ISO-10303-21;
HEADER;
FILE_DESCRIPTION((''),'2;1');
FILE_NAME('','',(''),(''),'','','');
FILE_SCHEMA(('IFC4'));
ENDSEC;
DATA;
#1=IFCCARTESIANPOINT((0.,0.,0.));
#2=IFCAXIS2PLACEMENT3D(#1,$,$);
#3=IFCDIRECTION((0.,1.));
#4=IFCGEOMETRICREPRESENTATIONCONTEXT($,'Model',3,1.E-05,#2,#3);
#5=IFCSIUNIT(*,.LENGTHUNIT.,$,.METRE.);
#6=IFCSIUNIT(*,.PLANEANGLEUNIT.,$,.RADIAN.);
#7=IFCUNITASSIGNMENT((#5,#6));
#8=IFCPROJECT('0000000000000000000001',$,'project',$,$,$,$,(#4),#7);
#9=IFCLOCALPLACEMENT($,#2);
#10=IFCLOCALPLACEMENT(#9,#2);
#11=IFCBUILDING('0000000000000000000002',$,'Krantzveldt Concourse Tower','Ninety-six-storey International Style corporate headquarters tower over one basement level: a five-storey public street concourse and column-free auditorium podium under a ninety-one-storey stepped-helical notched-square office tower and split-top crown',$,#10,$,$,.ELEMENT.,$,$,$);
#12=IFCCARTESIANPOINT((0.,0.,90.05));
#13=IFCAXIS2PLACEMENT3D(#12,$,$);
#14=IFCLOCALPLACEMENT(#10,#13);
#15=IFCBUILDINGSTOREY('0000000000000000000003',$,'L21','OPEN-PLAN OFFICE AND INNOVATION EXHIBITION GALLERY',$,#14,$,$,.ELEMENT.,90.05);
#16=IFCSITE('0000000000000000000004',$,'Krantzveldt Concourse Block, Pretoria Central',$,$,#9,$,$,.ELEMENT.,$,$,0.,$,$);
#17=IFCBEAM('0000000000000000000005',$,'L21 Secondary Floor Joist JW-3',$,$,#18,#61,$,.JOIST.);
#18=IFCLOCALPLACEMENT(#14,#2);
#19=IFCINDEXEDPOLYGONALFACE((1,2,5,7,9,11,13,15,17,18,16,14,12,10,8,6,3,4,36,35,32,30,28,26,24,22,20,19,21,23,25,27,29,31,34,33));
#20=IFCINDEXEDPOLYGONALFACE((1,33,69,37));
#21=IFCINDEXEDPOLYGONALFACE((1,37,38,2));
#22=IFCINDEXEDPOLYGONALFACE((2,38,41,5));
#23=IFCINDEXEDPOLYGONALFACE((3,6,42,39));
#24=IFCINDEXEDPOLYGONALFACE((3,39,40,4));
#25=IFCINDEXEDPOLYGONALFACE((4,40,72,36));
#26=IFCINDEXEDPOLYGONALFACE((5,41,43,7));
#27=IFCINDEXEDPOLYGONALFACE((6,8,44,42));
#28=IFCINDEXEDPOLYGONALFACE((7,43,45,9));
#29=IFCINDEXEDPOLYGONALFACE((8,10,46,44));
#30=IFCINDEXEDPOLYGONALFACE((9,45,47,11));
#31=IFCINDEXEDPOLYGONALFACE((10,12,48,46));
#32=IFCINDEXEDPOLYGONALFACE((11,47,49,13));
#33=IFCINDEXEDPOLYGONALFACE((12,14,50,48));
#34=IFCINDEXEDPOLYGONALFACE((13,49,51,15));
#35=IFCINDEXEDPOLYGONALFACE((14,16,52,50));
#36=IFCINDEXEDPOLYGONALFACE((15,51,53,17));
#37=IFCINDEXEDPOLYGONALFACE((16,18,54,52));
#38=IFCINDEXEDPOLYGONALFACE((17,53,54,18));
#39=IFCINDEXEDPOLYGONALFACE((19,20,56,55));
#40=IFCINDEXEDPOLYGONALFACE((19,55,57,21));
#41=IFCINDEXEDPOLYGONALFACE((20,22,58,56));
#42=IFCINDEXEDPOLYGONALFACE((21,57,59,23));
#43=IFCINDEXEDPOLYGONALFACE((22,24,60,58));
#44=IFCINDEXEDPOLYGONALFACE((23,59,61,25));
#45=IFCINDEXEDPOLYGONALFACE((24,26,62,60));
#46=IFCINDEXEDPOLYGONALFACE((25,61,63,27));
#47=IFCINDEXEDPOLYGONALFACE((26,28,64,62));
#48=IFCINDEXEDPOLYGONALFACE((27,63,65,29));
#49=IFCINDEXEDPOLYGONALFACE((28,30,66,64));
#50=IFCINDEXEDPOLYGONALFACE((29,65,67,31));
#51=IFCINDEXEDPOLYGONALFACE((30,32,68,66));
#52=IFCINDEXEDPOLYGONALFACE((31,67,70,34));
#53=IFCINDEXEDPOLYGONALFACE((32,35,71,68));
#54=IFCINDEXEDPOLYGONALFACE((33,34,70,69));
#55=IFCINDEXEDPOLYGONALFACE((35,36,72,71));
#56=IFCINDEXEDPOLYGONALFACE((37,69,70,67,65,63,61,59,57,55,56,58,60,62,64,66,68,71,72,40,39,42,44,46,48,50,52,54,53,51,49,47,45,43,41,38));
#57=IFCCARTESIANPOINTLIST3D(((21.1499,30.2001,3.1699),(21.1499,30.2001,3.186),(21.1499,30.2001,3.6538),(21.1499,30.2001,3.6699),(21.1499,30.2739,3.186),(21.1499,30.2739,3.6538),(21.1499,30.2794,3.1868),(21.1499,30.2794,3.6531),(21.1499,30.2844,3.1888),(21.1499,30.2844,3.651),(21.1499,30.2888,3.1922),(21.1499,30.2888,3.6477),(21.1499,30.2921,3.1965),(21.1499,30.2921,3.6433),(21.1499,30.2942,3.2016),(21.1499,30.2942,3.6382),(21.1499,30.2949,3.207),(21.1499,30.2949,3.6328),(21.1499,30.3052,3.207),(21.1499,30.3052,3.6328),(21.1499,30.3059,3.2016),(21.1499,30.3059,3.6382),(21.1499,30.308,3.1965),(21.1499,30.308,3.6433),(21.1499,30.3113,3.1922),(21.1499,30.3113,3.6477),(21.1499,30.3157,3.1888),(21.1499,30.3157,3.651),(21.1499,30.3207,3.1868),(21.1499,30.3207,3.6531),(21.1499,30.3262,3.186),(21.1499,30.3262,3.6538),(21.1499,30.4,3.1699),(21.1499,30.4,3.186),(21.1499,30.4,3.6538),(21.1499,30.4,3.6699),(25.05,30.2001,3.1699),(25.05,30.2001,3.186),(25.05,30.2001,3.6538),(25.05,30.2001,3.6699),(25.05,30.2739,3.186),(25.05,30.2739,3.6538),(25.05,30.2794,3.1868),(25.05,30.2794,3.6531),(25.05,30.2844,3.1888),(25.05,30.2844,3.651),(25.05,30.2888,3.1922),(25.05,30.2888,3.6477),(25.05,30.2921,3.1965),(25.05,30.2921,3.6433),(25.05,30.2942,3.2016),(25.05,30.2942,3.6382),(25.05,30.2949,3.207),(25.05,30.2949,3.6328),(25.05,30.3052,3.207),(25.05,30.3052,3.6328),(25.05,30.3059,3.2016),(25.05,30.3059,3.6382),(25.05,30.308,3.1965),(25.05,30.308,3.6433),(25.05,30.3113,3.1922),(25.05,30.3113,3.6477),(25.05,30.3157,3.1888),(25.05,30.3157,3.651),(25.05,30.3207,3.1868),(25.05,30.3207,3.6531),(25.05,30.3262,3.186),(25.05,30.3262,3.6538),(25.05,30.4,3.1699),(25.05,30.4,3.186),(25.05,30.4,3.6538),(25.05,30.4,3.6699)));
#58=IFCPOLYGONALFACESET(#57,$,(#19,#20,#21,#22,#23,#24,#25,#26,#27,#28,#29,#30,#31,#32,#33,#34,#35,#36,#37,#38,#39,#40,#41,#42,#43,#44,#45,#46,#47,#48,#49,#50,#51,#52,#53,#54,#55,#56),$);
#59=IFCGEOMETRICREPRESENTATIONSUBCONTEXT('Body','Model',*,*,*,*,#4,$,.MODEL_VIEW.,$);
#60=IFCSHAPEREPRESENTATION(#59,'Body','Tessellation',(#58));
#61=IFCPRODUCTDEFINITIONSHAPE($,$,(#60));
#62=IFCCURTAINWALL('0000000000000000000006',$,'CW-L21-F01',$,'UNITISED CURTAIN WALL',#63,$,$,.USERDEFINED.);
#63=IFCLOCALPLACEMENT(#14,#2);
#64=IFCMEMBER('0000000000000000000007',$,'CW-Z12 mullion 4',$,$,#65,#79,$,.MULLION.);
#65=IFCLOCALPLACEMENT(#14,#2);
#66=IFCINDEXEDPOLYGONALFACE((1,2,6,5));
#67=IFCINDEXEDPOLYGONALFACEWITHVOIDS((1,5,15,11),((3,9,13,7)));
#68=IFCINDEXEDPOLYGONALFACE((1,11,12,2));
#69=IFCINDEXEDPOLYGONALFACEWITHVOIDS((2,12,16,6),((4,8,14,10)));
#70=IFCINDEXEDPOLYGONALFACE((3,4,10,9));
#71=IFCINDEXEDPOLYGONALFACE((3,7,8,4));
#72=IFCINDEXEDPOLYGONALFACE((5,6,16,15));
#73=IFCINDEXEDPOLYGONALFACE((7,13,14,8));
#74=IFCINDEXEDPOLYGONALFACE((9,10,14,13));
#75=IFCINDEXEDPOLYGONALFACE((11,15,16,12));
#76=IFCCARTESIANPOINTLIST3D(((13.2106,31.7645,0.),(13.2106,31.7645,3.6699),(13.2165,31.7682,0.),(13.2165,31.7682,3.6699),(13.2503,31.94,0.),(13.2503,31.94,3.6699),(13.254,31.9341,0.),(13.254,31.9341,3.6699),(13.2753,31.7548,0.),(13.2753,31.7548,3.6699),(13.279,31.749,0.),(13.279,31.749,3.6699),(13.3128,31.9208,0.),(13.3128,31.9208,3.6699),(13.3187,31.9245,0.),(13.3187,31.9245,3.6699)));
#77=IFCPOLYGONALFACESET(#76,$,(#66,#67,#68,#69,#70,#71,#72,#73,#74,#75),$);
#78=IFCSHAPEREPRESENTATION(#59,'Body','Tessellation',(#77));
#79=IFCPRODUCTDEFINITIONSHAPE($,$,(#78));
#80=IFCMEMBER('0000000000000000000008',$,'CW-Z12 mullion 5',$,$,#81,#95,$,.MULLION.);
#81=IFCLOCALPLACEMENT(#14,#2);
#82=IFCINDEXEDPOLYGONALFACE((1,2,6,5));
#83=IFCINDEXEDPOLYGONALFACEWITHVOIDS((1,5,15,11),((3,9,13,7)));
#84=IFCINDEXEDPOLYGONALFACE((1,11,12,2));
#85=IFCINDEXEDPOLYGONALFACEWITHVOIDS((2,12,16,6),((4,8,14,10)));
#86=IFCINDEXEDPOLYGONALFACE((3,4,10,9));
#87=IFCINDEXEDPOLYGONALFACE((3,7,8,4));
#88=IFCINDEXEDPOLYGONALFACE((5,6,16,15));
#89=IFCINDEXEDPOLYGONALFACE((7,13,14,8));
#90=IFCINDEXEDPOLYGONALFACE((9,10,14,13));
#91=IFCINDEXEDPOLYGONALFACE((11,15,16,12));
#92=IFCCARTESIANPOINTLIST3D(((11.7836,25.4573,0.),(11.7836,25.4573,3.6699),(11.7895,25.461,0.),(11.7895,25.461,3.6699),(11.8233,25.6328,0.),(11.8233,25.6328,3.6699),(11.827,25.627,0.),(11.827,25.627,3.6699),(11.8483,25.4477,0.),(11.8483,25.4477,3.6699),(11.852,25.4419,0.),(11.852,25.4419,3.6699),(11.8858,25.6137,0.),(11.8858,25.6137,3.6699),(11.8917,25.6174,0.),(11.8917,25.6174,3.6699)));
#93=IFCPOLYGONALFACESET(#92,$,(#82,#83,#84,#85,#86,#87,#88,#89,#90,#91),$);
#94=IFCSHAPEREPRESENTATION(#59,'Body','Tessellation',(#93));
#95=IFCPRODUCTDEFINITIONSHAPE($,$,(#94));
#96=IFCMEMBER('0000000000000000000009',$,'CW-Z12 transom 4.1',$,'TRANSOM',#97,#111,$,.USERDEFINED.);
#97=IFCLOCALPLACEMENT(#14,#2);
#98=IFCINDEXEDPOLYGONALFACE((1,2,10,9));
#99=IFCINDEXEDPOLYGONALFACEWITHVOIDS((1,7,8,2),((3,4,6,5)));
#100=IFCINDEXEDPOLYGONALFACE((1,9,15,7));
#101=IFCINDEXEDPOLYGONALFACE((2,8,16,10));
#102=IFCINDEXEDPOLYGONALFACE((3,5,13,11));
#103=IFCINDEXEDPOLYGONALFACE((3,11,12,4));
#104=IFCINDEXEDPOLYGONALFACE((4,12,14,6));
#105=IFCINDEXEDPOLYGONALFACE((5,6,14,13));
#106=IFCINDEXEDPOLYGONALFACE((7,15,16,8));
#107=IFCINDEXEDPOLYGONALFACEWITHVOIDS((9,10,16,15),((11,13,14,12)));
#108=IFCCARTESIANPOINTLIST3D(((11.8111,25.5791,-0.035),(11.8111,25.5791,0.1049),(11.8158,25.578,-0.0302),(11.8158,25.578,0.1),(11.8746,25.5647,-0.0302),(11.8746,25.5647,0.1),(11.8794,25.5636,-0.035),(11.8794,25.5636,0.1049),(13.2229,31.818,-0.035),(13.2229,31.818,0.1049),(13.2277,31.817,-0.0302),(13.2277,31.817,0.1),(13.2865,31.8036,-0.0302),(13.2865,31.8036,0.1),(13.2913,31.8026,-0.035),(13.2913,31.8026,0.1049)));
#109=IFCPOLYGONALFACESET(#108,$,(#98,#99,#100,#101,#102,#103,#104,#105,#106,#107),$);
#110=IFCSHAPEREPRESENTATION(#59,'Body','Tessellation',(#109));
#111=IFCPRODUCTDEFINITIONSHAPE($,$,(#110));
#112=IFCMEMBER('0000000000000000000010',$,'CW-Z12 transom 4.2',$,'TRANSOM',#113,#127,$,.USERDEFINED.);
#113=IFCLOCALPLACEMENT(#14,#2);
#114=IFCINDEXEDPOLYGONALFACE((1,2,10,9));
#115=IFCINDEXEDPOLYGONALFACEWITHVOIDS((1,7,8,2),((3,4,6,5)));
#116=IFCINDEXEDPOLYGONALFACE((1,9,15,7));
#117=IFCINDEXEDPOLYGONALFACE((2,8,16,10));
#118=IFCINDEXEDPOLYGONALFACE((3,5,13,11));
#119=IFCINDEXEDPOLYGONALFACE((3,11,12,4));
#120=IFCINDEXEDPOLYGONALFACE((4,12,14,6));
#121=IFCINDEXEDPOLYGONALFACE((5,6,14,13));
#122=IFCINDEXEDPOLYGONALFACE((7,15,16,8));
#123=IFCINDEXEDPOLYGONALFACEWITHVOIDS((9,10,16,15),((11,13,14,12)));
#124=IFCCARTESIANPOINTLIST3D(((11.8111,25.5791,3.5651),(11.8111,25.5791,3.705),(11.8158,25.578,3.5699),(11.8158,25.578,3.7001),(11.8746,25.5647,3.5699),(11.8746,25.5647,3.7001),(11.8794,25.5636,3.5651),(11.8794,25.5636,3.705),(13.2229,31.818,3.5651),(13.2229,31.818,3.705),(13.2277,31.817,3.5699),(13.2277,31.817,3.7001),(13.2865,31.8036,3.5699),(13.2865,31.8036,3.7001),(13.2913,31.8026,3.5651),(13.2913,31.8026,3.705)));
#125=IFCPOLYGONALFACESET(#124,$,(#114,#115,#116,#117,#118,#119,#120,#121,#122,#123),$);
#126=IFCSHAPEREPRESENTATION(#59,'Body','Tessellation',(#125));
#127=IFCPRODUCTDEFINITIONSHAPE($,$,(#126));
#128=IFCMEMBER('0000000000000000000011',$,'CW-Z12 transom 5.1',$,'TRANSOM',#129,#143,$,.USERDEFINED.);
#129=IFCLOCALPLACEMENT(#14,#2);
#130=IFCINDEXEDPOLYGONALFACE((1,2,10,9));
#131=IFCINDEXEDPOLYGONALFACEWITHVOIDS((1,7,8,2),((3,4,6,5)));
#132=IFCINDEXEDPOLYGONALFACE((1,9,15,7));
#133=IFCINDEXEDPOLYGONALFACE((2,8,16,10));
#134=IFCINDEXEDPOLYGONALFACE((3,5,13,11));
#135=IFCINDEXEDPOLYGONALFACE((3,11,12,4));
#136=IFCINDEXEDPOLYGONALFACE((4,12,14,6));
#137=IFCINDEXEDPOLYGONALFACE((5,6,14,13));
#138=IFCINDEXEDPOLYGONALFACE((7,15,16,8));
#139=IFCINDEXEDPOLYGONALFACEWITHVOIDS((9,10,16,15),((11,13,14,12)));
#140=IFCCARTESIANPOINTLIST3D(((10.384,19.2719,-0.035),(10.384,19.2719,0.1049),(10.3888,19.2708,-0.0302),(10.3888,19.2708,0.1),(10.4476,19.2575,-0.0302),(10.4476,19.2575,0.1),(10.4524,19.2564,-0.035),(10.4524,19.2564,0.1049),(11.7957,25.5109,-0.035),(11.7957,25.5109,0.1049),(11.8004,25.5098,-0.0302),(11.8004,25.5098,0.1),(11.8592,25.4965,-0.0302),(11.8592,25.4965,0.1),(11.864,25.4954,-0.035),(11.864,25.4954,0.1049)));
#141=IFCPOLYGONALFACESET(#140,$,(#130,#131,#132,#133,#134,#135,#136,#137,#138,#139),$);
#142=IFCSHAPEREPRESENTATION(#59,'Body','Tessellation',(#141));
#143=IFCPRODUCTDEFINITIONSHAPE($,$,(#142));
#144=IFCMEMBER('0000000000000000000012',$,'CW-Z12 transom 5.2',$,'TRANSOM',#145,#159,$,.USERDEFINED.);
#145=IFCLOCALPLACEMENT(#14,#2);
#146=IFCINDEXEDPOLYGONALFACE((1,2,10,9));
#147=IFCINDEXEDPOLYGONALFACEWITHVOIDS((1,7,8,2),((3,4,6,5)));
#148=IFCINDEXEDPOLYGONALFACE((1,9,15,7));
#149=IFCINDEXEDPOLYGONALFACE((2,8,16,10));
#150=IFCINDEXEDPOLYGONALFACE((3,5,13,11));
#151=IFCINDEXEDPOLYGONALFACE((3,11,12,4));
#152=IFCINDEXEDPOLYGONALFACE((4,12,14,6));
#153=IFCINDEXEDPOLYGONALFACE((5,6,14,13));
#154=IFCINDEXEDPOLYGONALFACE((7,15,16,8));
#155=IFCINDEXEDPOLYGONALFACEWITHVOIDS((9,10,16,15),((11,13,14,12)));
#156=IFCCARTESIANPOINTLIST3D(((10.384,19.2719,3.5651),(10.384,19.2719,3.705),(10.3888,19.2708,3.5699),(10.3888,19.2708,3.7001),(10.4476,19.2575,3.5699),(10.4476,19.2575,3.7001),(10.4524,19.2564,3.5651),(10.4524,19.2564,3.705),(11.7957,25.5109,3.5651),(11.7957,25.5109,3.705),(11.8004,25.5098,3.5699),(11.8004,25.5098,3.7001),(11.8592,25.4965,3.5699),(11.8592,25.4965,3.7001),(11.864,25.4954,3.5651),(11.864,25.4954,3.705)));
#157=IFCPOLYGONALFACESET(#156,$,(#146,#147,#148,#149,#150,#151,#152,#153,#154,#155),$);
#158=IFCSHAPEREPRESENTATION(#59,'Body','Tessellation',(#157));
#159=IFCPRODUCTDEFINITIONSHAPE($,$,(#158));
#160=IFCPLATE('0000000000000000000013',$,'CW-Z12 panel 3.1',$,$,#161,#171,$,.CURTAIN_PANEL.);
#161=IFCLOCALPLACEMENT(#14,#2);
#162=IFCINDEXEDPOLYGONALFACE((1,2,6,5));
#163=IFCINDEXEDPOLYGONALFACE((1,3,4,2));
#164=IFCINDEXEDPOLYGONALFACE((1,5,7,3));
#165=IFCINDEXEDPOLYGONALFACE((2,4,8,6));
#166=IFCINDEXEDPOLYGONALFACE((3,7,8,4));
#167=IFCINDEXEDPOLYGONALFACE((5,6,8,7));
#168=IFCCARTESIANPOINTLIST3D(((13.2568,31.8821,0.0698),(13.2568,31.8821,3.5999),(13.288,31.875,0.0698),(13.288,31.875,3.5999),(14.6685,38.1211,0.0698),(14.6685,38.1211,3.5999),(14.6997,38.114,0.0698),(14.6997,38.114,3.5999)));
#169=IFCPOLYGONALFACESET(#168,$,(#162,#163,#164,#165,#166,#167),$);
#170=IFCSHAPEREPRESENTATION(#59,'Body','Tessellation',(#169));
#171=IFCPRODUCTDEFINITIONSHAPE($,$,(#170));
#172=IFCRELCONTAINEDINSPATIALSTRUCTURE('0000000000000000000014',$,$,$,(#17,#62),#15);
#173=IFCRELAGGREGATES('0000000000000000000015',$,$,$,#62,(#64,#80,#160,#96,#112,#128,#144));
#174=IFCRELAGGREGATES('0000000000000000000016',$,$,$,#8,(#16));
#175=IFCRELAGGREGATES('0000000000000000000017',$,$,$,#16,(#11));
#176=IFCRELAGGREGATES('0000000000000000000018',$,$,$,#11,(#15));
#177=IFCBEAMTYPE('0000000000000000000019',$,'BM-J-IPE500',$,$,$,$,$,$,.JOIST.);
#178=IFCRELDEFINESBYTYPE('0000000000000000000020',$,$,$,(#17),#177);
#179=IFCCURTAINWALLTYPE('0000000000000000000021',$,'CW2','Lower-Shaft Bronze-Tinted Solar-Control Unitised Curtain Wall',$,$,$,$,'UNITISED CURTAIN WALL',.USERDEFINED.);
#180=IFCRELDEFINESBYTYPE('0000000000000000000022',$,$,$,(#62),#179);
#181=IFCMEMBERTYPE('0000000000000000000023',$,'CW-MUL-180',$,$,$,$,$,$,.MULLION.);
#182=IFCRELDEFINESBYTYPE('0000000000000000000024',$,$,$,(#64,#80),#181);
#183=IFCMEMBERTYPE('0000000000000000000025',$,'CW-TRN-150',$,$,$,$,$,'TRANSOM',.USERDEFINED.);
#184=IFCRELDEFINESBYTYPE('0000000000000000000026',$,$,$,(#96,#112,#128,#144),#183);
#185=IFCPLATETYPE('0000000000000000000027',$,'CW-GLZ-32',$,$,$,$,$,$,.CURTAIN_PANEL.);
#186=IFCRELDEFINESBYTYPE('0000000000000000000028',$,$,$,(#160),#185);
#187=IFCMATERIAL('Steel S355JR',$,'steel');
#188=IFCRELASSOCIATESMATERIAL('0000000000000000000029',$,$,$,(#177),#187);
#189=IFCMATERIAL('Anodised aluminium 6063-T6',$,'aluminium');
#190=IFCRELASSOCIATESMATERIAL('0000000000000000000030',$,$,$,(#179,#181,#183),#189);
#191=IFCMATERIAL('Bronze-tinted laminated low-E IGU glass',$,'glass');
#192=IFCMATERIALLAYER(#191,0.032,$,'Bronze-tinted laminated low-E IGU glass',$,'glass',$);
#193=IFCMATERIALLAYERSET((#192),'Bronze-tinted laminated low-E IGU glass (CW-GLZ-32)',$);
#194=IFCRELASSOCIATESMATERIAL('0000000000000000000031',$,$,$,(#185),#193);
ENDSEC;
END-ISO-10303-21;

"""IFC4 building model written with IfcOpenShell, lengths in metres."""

from ifc_helpers import new_model, si_unit, direction, frame, origin, origin_2d, place, context, subcontext, project, spatial, rectangle, hollow_rectangle, i_section, extrude, source, transform, mapped, material, layer, layer_set, material_profile, profile_set, type_object, type_shapes, element, aggregate, save


model = new_model("IFC4")

# Units and contexts
model_context = context("Model", 3, precision=1e-05, world=origin(), true_north=direction((0.0, 1.0)))
body_context = subcontext(model_context, "Body", "Model", "MODEL_VIEW")
ifc_project = project(units=[si_unit("LENGTHUNIT", "METRE"), si_unit("PLANEANGLEUNIT", "RADIAN")], contexts=[model_context])

# Site, building, storey
site_placement = place(None, origin())
site = spatial("IfcSite", under=ifc_project, at=site_placement, Name="Krantzveldt Concourse Block, Pretoria Central", CompositionType="ELEMENT", RefElevation=0.0)
building_placement = place(site_placement, origin())
building = spatial("IfcBuilding", under=site, at=building_placement, Name="Krantzveldt Concourse Tower", Description="Ninety-six-storey International Style corporate headquarters tower over one basement level: a five-storey public street concourse and column-free auditorium podium under a ninety-one-storey stepped-helical notched-square office tower and split-top crown", CompositionType="ELEMENT")
storey_placement = place(building_placement, frame((0.0, 0.0, 90.05)))
storey = spatial("IfcBuildingStorey", under=building, at=storey_placement, Name="L21", Description="OPEN-PLAN OFFICE AND INNOVATION EXHIBITION GALLERY", CompositionType="ELEMENT", Elevation=90.05)

# Beam
ifc_material_1 = material(Name="Steel S355JR", Category="steel")
ifc_material_profile_1 = material_profile(ifc_material_1, i_section(OverallWidth=0.2, OverallDepth=0.5, WebThickness=0.0103, FlangeThickness=0.0161, FilletRadius=0.021, at=origin_2d()), Name="Steel S355JR", Category="steel")
ifc_profile_set_1 = profile_set([ifc_material_profile_1], Name="Steel S355JR - IPE 500")
beam_type_1 = type_object("IfcBeamType", Name="BM-J-IPE500", PredefinedType="JOIST", material=ifc_profile_set_1)
shared_shape_1 = source(origin(), body_context, "Body", "SweptSolid", [
    extrude(i_section(OverallWidth=0.2, OverallDepth=0.5, WebThickness=0.0103, FlangeThickness=0.0161, FilletRadius=0.021, at=origin_2d()), origin(), (0.0, 0.0, 1.0), 3.9001),
])
type_shapes(beam_type_1, [shared_shape_1])
for number, where, z_axis, x_axis, name in (
    (1, (21.1499, 30.3, 3.4199), (1.0, 0.0, 0.0), (0.0, 1.0, 0.0), "L21 Secondary Floor Joist JW-3"),
):
    element("IfcBeam", number, at=place(storey_placement, frame(where, z_axis=z_axis, x_axis=x_axis)), inside=storey, type_object=beam_type_1, Name=name, PredefinedType="JOIST", context=body_context, shape_type="MappedRepresentation", body=[
        mapped(shared_shape_1, transform((0.0, 0.0, 0.0), x_axis=(1.0, 0.0, 0.0), y_axis=(0.0, 1.0, 0.0), z_axis=(0.0, 0.0, 1.0), scale=1.0)),
    ])

# Curtain wall, members, plate
ifc_material_2 = material(Name="Anodised aluminium 6063-T6", Category="aluminium")
curtain_wall_type = type_object("IfcCurtainWallType", Name="CW2", Description="Lower-Shaft Bronze-Tinted Solar-Control Unitised Curtain Wall", ElementType="UNITISED CURTAIN WALL", PredefinedType="USERDEFINED", material=ifc_material_2)
curtain_wall_placement = place(storey_placement, origin())
curtain_wall = element("IfcCurtainWall", 2, at=curtain_wall_placement, inside=storey, type_object=curtain_wall_type, Name="CW-L21-F01", ObjectType="UNITISED CURTAIN WALL", PredefinedType="USERDEFINED")
ifc_material_profile_2 = material_profile(ifc_material_2, hollow_rectangle(XDim=0.0701, YDim=0.1799, WallThickness=0.0049, at=origin_2d()), Name="Anodised aluminium 6063-T6", Category="aluminium")
ifc_profile_set_2 = profile_set([ifc_material_profile_2], Name="Anodised aluminium 6063-T6 - ALU-MULL 180x70x5")
member_type_1 = type_object("IfcMemberType", Name="CW-MUL-180", PredefinedType="MULLION", material=ifc_profile_set_2)
shared_shape_2 = source(origin(), body_context, "Body", "SweptSolid", [
    extrude(hollow_rectangle(XDim=0.0701, YDim=0.1799, WallThickness=0.0049, at=origin_2d()), origin(), (0.0, 0.0, 1.0), 3.6699),
])
type_shapes(member_type_1, [shared_shape_2])
member_1_placement = place(storey_placement, frame((13.2646, 31.8445, 0.0), z_axis=(0.0, 0.0, 1.0), x_axis=(0.975342, -0.220697, 0.0)))
member_1 = element("IfcMember", 3, at=member_1_placement, type_object=member_type_1, Name="CW-Z12 mullion 4", PredefinedType="MULLION", context=body_context, shape_type="MappedRepresentation", body=[
    mapped(shared_shape_2, transform((0.0, 0.0, 0.0), x_axis=(1.0, 0.0, 0.0), y_axis=(0.0, 1.0, 0.0), z_axis=(0.0, 0.0, 1.0), scale=1.0)),
])
member_2_placement = place(storey_placement, frame((11.8376, 25.5374, 0.0), z_axis=(0.0, 0.0, 1.0), x_axis=(0.975342, -0.220697, 0.0)))
member_2 = element("IfcMember", 4, at=member_2_placement, type_object=member_type_1, Name="CW-Z12 mullion 5", PredefinedType="MULLION", context=body_context, shape_type="MappedRepresentation", body=[
    mapped(shared_shape_2, transform((0.0, 0.0, 0.0), x_axis=(1.0, 0.0, 0.0), y_axis=(0.0, 1.0, 0.0), z_axis=(0.0, 0.0, 1.0), scale=1.0)),
])
ifc_material_profile_3 = material_profile(ifc_material_2, hollow_rectangle(XDim=0.0701, YDim=0.1399, WallThickness=0.0049, at=origin_2d()), Name="Anodised aluminium 6063-T6", Category="aluminium")
ifc_profile_set_3 = profile_set([ifc_material_profile_3], Name="Anodised aluminium 6063-T6 - ALU-TRAN 140x70x5")
member_type_2 = type_object("IfcMemberType", Name="CW-TRN-150", ElementType="TRANSOM", PredefinedType="USERDEFINED", material=ifc_profile_set_3)
shared_shape_3 = source(origin(), body_context, "Body", "SweptSolid", [
    extrude(hollow_rectangle(XDim=0.0701, YDim=0.1399, WallThickness=0.0049, at=origin_2d()), origin(), (0.0, 0.0, 1.0), 6.3967),
])
type_shapes(member_type_2, [shared_shape_3])
member_3_placement = place(storey_placement, frame((13.2571, 31.8103, 0.0349), z_axis=(-0.220715, -0.975338, 0.0), x_axis=(0.975338, -0.220715, 0.0)))
member_3 = element("IfcMember", 5, at=member_3_placement, type_object=member_type_2, Name="CW-Z12 transom 4.1", ObjectType="TRANSOM", PredefinedType="USERDEFINED", context=body_context, shape_type="MappedRepresentation", body=[
    mapped(shared_shape_3, transform((0.0, 0.0, 0.0), x_axis=(1.0, 0.0, 0.0), y_axis=(0.0, 1.0, 0.0), z_axis=(0.0, 0.0, 1.0), scale=1.0)),
])
member_4_placement = place(storey_placement, frame((13.2571, 31.8103, 3.635), z_axis=(-0.220715, -0.975338, 0.0), x_axis=(0.975338, -0.220715, 0.0)))
member_4 = element("IfcMember", 6, at=member_4_placement, type_object=member_type_2, Name="CW-Z12 transom 4.2", ObjectType="TRANSOM", PredefinedType="USERDEFINED", context=body_context, shape_type="MappedRepresentation", body=[
    mapped(shared_shape_3, transform((0.0, 0.0, 0.0), x_axis=(1.0, 0.0, 0.0), y_axis=(0.0, 1.0, 0.0), z_axis=(0.0, 0.0, 1.0), scale=1.0)),
])
member_5_placement = place(storey_placement, frame((11.8298, 25.5032, 0.0349), z_axis=(-0.220679, -0.975346, 0.0), x_axis=(0.975346, -0.220679, 0.0)))
member_5 = element("IfcMember", 7, at=member_5_placement, type_object=member_type_2, Name="CW-Z12 transom 5.1", ObjectType="TRANSOM", PredefinedType="USERDEFINED", context=body_context, shape_type="MappedRepresentation", body=[
    mapped(shared_shape_3, transform((0.0, 0.0, 0.0), x_axis=(1.0, 0.0, 0.0), y_axis=(0.0, 1.0, 0.0), z_axis=(0.0, 0.0, 1.0), scale=1.0)),
])
member_6_placement = place(storey_placement, frame((11.8298, 25.5032, 3.635), z_axis=(-0.220679, -0.975346, 0.0), x_axis=(0.975346, -0.220679, 0.0)))
member_6 = element("IfcMember", 8, at=member_6_placement, type_object=member_type_2, Name="CW-Z12 transom 5.2", ObjectType="TRANSOM", PredefinedType="USERDEFINED", context=body_context, shape_type="MappedRepresentation", body=[
    mapped(shared_shape_3, transform((0.0, 0.0, 0.0), x_axis=(1.0, 0.0, 0.0), y_axis=(0.0, 1.0, 0.0), z_axis=(0.0, 0.0, 1.0), scale=1.0)),
])
ifc_material_3 = material(Name="Bronze-tinted laminated low-E IGU glass", Category="glass")
ifc_layer_1 = layer(ifc_material_3, 0.032, Name="Bronze-tinted laminated low-E IGU glass", Category="glass")
ifc_layer_set_1 = layer_set([ifc_layer_1], Name="Bronze-tinted laminated low-E IGU glass (CW-GLZ-32)")
plate_type = type_object("IfcPlateType", Name="CW-GLZ-32", PredefinedType="CURTAIN_PANEL", material=ifc_layer_set_1)
shared_shape_4 = source(origin(), body_context, "Body", "SweptSolid", [
    extrude(rectangle(XDim=6.3967, YDim=0.032, at=origin_2d()), origin(), (0.0, 0.0, 1.0), 3.53),
])
type_shapes(plate_type, [shared_shape_4])
plate_1_placement = place(storey_placement, frame((13.9783, 34.998, 0.0698), z_axis=(0.0, 0.0, 1.0), x_axis=(-0.220697, -0.975342, 0.0)))
plate_1 = element("IfcPlate", 9, at=plate_1_placement, type_object=plate_type, Name="CW-Z12 panel 3.1", PredefinedType="CURTAIN_PANEL", context=body_context, shape_type="MappedRepresentation", body=[
    mapped(shared_shape_4, transform((0.0, 0.0, 0.0), x_axis=(1.0, 0.0, 0.0), y_axis=(0.0, 1.0, 0.0), z_axis=(0.0, 0.0, 1.0), scale=1.0)),
])
aggregate(curtain_wall, [member_1, member_2, plate_1, member_3, member_4, member_5, member_6])

save(model, "model.ifc")
